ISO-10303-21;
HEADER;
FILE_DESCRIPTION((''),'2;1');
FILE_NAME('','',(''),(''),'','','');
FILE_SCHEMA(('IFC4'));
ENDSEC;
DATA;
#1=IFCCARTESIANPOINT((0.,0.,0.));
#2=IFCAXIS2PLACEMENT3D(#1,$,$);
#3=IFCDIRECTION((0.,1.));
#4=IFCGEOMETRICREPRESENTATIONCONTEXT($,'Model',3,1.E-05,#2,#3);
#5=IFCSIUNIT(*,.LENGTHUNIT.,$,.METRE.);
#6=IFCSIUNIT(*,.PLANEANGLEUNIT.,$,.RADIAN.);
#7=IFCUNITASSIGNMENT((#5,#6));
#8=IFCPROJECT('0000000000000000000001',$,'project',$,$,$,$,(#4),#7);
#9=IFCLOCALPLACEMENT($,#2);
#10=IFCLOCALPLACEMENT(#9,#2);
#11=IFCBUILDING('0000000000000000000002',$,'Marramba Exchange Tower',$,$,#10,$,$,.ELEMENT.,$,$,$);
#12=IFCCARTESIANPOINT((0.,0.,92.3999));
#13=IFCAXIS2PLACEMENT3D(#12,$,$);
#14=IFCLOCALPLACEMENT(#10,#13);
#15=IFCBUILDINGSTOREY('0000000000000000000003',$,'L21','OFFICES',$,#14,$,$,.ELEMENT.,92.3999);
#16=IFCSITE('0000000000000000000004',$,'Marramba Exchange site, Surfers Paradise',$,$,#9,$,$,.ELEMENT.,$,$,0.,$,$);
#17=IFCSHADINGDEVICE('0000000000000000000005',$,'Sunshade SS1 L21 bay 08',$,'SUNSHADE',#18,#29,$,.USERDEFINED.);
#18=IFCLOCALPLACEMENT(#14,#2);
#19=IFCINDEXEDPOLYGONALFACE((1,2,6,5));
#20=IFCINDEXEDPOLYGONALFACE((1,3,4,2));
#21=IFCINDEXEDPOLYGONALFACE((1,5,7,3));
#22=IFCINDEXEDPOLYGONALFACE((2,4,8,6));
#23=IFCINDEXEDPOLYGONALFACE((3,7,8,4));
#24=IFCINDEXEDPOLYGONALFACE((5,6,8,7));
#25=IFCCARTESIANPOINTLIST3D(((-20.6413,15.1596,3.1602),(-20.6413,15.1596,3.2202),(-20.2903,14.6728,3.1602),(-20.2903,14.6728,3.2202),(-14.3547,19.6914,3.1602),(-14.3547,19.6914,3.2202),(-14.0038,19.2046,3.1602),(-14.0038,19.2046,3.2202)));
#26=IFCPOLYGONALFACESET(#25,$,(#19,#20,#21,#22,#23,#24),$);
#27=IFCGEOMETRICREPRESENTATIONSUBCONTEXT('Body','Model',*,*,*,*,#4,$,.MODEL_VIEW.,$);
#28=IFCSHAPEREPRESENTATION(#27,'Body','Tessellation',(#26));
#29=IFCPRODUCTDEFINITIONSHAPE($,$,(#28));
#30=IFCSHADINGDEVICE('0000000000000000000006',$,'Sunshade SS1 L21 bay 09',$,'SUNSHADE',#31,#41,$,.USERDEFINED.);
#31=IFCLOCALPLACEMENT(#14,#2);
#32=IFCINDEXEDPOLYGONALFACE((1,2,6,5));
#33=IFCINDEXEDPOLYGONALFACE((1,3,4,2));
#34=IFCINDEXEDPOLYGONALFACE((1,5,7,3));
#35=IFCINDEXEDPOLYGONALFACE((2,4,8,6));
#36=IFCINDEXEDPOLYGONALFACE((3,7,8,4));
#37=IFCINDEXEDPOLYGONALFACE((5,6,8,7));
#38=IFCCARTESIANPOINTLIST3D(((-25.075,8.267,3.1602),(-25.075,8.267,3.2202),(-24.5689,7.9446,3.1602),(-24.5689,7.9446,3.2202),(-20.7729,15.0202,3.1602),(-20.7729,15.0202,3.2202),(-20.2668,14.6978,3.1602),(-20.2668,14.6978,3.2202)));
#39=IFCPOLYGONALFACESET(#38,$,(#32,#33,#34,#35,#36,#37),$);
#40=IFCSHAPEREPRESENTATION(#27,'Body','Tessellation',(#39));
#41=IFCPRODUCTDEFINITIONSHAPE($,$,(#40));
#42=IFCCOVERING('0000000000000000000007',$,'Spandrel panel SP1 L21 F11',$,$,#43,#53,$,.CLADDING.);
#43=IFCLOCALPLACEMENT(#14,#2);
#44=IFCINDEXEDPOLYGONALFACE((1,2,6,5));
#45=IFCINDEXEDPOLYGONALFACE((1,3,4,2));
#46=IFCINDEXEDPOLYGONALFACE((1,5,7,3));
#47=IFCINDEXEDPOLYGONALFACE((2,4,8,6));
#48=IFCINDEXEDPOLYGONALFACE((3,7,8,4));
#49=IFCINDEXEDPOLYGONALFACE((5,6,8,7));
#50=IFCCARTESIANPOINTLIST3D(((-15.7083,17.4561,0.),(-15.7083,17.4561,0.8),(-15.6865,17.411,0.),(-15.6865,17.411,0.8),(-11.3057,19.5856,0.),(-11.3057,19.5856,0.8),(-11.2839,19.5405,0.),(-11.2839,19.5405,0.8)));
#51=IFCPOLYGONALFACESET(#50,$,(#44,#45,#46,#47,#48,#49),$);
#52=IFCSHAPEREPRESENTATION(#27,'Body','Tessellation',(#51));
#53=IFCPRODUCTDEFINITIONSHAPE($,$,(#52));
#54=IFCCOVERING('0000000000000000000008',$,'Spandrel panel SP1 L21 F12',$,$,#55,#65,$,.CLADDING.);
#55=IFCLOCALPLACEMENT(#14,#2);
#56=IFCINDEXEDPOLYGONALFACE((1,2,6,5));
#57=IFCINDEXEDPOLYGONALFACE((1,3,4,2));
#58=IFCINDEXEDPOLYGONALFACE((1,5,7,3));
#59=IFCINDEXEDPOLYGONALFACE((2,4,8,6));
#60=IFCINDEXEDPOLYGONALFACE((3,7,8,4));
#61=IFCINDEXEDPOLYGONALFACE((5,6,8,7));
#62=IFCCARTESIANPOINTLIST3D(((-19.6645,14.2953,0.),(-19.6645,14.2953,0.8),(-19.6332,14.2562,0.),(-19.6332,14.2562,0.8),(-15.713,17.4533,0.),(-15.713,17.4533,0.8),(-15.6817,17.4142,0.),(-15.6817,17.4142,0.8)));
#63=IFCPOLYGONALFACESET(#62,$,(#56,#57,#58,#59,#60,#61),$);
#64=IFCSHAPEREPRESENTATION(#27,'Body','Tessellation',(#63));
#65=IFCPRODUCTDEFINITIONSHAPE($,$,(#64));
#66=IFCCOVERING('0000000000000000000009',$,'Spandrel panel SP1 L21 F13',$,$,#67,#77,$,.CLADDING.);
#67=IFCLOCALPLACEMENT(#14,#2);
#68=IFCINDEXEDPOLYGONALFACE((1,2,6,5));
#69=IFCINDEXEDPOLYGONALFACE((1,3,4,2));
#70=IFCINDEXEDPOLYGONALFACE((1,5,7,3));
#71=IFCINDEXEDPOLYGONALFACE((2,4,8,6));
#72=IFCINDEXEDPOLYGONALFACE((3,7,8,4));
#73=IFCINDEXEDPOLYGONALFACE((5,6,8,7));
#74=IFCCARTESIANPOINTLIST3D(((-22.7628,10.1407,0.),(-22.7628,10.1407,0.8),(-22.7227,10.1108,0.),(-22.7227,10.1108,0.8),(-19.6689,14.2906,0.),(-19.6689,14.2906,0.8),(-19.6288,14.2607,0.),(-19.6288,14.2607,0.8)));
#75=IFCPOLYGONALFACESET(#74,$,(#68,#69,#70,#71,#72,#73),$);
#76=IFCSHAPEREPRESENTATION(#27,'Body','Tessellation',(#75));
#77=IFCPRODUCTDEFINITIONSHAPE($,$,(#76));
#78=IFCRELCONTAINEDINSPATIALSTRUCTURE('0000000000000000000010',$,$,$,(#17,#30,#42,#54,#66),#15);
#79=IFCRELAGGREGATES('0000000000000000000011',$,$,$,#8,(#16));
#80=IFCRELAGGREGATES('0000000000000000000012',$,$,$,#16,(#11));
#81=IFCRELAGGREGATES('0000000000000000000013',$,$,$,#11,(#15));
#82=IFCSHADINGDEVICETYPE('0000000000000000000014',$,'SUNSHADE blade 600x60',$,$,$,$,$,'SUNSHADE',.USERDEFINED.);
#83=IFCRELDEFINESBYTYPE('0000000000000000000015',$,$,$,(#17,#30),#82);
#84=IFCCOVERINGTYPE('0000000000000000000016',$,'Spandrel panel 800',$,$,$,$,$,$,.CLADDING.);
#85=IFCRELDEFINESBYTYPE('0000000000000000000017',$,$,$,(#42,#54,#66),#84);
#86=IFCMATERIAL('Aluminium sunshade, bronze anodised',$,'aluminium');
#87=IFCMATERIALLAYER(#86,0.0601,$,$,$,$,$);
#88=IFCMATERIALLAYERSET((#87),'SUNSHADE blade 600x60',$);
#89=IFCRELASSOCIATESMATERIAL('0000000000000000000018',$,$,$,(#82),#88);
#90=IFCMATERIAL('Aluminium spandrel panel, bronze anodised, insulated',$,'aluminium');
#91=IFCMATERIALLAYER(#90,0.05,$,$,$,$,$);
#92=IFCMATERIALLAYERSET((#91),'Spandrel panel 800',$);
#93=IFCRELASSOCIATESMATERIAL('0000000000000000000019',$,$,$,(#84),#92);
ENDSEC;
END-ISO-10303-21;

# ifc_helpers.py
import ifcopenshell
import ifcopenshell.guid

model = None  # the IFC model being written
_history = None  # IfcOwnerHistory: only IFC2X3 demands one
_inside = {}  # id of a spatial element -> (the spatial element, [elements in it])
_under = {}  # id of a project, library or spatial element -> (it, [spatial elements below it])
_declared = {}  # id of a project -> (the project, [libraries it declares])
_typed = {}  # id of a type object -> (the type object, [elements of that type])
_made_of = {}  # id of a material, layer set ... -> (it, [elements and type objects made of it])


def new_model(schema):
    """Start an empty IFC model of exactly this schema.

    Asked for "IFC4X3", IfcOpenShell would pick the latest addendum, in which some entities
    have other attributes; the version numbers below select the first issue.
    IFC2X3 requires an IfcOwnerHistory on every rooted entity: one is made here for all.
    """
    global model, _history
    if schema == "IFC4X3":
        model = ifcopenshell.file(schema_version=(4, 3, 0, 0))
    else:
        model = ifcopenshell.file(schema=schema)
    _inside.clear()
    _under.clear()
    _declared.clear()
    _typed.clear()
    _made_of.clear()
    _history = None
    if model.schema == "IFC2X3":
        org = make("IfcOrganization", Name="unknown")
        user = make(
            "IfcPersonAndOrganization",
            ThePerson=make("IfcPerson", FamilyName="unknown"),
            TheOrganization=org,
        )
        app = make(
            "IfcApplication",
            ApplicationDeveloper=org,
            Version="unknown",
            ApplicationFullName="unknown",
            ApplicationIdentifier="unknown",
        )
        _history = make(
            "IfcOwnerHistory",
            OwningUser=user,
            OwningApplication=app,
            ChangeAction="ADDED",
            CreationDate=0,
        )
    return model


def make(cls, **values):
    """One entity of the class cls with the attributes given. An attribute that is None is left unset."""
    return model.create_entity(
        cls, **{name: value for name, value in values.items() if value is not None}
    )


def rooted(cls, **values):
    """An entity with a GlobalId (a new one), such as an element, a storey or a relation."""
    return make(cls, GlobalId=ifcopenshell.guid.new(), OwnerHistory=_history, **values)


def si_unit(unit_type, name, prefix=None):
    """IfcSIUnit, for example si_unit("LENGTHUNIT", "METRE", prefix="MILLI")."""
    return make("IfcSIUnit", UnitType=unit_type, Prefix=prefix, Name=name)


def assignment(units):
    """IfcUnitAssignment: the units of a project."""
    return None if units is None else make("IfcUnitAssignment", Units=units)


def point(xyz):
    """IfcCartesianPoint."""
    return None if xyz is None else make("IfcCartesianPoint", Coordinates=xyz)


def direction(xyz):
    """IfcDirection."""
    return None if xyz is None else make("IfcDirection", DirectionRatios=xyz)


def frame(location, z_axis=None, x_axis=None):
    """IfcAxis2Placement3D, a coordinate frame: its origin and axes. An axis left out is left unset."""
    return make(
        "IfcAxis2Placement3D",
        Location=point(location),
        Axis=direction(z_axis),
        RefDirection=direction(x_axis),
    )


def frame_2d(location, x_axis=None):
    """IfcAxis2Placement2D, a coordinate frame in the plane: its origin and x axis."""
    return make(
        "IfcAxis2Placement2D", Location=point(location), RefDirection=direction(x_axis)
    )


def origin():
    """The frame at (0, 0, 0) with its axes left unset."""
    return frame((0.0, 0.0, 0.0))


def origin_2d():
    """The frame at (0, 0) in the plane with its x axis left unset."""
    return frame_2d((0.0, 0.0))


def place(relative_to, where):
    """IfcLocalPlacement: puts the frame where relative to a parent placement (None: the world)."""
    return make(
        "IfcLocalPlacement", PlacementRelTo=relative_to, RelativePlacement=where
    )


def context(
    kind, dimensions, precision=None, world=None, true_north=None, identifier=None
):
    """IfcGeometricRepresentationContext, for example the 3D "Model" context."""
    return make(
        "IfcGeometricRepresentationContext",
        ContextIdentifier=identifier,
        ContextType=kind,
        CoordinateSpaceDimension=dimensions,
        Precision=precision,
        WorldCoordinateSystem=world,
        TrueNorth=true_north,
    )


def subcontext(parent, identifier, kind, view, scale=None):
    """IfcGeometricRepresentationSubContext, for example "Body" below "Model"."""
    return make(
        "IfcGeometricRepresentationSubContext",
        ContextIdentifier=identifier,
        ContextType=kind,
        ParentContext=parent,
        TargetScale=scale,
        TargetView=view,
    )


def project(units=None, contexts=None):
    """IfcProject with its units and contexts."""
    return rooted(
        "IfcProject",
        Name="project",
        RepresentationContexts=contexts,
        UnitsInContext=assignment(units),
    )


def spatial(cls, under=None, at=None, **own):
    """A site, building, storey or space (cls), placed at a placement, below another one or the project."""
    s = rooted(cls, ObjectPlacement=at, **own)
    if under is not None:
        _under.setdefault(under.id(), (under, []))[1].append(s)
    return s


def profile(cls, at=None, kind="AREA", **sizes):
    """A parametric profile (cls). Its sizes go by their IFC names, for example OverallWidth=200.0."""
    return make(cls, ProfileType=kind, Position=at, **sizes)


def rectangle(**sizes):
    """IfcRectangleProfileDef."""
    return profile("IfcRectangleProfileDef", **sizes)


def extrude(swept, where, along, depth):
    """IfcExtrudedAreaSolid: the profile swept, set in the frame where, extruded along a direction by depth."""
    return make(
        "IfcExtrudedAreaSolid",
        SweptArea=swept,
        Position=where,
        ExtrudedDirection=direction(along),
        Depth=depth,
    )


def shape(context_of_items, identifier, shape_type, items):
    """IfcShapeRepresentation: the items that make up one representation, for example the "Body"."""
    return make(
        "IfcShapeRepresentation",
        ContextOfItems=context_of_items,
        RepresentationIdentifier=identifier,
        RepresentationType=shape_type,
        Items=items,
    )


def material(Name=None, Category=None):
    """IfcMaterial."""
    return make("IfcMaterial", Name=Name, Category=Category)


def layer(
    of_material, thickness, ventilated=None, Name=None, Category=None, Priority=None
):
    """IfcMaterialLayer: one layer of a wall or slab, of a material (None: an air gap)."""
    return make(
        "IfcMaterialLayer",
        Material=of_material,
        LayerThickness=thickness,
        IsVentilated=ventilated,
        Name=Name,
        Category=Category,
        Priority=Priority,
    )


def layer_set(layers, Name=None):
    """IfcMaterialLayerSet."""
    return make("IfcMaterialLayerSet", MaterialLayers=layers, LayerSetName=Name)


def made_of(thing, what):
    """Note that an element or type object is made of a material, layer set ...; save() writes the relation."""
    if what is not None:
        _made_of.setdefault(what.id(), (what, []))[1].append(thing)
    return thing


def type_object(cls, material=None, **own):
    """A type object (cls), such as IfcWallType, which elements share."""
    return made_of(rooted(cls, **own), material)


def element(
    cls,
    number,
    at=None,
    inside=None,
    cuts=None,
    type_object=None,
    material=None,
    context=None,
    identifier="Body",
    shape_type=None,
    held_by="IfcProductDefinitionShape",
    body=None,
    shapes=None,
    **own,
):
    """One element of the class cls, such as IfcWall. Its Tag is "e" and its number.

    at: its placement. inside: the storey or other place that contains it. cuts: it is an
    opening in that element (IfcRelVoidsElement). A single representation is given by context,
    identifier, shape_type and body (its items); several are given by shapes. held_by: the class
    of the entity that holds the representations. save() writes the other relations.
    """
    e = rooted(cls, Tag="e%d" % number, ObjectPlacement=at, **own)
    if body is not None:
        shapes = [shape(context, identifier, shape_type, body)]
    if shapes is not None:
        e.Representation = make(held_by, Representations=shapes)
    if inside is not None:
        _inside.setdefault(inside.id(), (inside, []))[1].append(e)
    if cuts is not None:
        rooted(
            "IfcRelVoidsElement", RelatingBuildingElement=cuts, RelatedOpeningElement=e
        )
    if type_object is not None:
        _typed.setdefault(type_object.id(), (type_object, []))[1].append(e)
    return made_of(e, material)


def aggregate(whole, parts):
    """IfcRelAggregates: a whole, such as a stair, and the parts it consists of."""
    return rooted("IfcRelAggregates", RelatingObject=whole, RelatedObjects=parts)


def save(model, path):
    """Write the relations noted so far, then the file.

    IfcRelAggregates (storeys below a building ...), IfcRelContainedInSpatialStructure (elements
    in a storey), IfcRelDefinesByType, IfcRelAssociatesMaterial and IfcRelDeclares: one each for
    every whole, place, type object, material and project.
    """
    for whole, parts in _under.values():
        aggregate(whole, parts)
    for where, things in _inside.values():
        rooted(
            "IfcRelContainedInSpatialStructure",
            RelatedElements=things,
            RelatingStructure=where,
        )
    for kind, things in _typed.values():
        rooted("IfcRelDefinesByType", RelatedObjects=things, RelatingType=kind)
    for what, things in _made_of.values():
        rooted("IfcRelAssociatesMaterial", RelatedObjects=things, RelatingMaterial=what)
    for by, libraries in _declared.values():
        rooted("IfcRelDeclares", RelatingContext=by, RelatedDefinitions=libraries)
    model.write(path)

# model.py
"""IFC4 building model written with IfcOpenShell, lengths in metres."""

from ifc_helpers import new_model, si_unit, direction, frame, origin, origin_2d, place, context, subcontext, project, spatial, rectangle, extrude, material, layer, layer_set, type_object, element, save


model = new_model("IFC4")

# Units and contexts
model_context = context("Model", 3, precision=1e-05, world=origin(), true_north=direction((0.0, 1.0)))
body_context = subcontext(model_context, "Body", "Model", "MODEL_VIEW")
ifc_project = project(units=[si_unit("LENGTHUNIT", "METRE"), si_unit("PLANEANGLEUNIT", "RADIAN")], contexts=[model_context])

# Site, building, storey
site_placement = place(None, origin())
site = spatial("IfcSite", under=ifc_project, at=site_placement, Name="Marramba Exchange site, Surfers Paradise", CompositionType="ELEMENT", RefElevation=0.0)
building_placement = place(site_placement, origin())
building = spatial("IfcBuilding", under=site, at=building_placement, Name="Marramba Exchange Tower", CompositionType="ELEMENT")
storey_placement = place(building_placement, frame((0.0, 0.0, 92.3999)))
storey = spatial("IfcBuildingStorey", under=building, at=storey_placement, Name="L21", Description="OFFICES", CompositionType="ELEMENT", Elevation=92.3999)

# Shading devices
ifc_material_1 = material(Name="Aluminium sunshade, bronze anodised", Category="aluminium")
ifc_layer_1 = layer(ifc_material_1, 0.0601)
ifc_layer_set_1 = layer_set([ifc_layer_1], Name="SUNSHADE blade 600x60")
shading_device_type_1 = type_object("IfcShadingDeviceType", Name="SUNSHADE blade 600x60", ElementType="SUNSHADE", PredefinedType="USERDEFINED", material=ifc_layer_set_1)
shading_device_1_placement = place(storey_placement, frame((-17.3225, 17.1821, 3.1602), z_axis=(0.0, 0.0, 1.0), x_axis=(-0.811199, -0.58477, 0.0)))
element("IfcShadingDevice", 1, at=shading_device_1_placement, inside=storey, type_object=shading_device_type_1, Name="Sunshade SS1 L21 bay 08", ObjectType="SUNSHADE", PredefinedType="USERDEFINED", context=body_context, shape_type="SweptSolid", body=[
    extrude(rectangle(XDim=7.7498, YDim=0.6001, at=origin_2d()), origin(), (0.0, 0.0, 1.0), 0.0601),
])
shading_device_2_placement = place(storey_placement, frame((-22.6709, 11.4824, 3.1602), z_axis=(0.0, 0.0, 1.0), x_axis=(-0.537285, -0.843401, 0.0)))
element("IfcShadingDevice", 2, at=shading_device_2_placement, inside=storey, type_object=shading_device_type_1, Name="Sunshade SS1 L21 bay 09", ObjectType="SUNSHADE", PredefinedType="USERDEFINED", context=body_context, shape_type="SweptSolid", body=[
    extrude(rectangle(XDim=8.0071, YDim=0.6001, at=origin_2d()), origin(), (0.0, 0.0, 1.0), 0.0601),
])

# Coverings
ifc_material_2 = material(Name="Aluminium spandrel panel, bronze anodised, insulated", Category="aluminium")
ifc_layer_2 = layer(ifc_material_2, 0.05)
ifc_layer_set_2 = layer_set([ifc_layer_2], Name="Spandrel panel 800")
covering_type = type_object("IfcCoveringType", Name="Spandrel panel 800", PredefinedType="CLADDING", material=ifc_layer_set_2)
covering_1_placement = place(storey_placement, frame((-13.4961, 18.4983, 0.0), z_axis=(0.0, 0.0, 1.0), x_axis=(-0.900224, -0.435428, 0.0)))
element("IfcCovering", 3, at=covering_1_placement, inside=storey, type_object=covering_type, Name="Spandrel panel SP1 L21 F11", PredefinedType="CLADDING", context=body_context, shape_type="SweptSolid", body=[
    extrude(rectangle(XDim=4.8906, YDim=0.05, at=origin_2d()), origin(), (0.0, 0.0, 1.0), 0.8),
])
covering_2_placement = place(storey_placement, frame((-17.6731, 15.8547, 0.0), z_axis=(0.0, 0.0, 1.0), x_axis=(-0.781178, -0.624308, 0.0)))
element("IfcCovering", 4, at=covering_2_placement, inside=storey, type_object=covering_type, Name="Spandrel panel SP1 L21 F12", PredefinedType="CLADDING", context=body_context, shape_type="SweptSolid", body=[
    extrude(rectangle(XDim=5.0583, YDim=0.05, at=origin_2d()), origin(), (0.0, 0.0, 1.0), 0.8),
])
covering_3_placement = place(storey_placement, frame((-21.1958, 12.2007, 0.0), z_axis=(0.0, 0.0, 1.0), x_axis=(-0.597704, -0.801717, 0.0)))
element("IfcCovering", 5, at=covering_3_placement, inside=storey, type_object=covering_type, Name="Spandrel panel SP1 L21 F13", PredefinedType="CLADDING", context=body_context, shape_type="SweptSolid", body=[
    extrude(rectangle(XDim=5.1763, YDim=0.05, at=origin_2d()), origin(), (0.0, 0.0, 1.0), 0.8),
])

save(model, "model.ifc")
